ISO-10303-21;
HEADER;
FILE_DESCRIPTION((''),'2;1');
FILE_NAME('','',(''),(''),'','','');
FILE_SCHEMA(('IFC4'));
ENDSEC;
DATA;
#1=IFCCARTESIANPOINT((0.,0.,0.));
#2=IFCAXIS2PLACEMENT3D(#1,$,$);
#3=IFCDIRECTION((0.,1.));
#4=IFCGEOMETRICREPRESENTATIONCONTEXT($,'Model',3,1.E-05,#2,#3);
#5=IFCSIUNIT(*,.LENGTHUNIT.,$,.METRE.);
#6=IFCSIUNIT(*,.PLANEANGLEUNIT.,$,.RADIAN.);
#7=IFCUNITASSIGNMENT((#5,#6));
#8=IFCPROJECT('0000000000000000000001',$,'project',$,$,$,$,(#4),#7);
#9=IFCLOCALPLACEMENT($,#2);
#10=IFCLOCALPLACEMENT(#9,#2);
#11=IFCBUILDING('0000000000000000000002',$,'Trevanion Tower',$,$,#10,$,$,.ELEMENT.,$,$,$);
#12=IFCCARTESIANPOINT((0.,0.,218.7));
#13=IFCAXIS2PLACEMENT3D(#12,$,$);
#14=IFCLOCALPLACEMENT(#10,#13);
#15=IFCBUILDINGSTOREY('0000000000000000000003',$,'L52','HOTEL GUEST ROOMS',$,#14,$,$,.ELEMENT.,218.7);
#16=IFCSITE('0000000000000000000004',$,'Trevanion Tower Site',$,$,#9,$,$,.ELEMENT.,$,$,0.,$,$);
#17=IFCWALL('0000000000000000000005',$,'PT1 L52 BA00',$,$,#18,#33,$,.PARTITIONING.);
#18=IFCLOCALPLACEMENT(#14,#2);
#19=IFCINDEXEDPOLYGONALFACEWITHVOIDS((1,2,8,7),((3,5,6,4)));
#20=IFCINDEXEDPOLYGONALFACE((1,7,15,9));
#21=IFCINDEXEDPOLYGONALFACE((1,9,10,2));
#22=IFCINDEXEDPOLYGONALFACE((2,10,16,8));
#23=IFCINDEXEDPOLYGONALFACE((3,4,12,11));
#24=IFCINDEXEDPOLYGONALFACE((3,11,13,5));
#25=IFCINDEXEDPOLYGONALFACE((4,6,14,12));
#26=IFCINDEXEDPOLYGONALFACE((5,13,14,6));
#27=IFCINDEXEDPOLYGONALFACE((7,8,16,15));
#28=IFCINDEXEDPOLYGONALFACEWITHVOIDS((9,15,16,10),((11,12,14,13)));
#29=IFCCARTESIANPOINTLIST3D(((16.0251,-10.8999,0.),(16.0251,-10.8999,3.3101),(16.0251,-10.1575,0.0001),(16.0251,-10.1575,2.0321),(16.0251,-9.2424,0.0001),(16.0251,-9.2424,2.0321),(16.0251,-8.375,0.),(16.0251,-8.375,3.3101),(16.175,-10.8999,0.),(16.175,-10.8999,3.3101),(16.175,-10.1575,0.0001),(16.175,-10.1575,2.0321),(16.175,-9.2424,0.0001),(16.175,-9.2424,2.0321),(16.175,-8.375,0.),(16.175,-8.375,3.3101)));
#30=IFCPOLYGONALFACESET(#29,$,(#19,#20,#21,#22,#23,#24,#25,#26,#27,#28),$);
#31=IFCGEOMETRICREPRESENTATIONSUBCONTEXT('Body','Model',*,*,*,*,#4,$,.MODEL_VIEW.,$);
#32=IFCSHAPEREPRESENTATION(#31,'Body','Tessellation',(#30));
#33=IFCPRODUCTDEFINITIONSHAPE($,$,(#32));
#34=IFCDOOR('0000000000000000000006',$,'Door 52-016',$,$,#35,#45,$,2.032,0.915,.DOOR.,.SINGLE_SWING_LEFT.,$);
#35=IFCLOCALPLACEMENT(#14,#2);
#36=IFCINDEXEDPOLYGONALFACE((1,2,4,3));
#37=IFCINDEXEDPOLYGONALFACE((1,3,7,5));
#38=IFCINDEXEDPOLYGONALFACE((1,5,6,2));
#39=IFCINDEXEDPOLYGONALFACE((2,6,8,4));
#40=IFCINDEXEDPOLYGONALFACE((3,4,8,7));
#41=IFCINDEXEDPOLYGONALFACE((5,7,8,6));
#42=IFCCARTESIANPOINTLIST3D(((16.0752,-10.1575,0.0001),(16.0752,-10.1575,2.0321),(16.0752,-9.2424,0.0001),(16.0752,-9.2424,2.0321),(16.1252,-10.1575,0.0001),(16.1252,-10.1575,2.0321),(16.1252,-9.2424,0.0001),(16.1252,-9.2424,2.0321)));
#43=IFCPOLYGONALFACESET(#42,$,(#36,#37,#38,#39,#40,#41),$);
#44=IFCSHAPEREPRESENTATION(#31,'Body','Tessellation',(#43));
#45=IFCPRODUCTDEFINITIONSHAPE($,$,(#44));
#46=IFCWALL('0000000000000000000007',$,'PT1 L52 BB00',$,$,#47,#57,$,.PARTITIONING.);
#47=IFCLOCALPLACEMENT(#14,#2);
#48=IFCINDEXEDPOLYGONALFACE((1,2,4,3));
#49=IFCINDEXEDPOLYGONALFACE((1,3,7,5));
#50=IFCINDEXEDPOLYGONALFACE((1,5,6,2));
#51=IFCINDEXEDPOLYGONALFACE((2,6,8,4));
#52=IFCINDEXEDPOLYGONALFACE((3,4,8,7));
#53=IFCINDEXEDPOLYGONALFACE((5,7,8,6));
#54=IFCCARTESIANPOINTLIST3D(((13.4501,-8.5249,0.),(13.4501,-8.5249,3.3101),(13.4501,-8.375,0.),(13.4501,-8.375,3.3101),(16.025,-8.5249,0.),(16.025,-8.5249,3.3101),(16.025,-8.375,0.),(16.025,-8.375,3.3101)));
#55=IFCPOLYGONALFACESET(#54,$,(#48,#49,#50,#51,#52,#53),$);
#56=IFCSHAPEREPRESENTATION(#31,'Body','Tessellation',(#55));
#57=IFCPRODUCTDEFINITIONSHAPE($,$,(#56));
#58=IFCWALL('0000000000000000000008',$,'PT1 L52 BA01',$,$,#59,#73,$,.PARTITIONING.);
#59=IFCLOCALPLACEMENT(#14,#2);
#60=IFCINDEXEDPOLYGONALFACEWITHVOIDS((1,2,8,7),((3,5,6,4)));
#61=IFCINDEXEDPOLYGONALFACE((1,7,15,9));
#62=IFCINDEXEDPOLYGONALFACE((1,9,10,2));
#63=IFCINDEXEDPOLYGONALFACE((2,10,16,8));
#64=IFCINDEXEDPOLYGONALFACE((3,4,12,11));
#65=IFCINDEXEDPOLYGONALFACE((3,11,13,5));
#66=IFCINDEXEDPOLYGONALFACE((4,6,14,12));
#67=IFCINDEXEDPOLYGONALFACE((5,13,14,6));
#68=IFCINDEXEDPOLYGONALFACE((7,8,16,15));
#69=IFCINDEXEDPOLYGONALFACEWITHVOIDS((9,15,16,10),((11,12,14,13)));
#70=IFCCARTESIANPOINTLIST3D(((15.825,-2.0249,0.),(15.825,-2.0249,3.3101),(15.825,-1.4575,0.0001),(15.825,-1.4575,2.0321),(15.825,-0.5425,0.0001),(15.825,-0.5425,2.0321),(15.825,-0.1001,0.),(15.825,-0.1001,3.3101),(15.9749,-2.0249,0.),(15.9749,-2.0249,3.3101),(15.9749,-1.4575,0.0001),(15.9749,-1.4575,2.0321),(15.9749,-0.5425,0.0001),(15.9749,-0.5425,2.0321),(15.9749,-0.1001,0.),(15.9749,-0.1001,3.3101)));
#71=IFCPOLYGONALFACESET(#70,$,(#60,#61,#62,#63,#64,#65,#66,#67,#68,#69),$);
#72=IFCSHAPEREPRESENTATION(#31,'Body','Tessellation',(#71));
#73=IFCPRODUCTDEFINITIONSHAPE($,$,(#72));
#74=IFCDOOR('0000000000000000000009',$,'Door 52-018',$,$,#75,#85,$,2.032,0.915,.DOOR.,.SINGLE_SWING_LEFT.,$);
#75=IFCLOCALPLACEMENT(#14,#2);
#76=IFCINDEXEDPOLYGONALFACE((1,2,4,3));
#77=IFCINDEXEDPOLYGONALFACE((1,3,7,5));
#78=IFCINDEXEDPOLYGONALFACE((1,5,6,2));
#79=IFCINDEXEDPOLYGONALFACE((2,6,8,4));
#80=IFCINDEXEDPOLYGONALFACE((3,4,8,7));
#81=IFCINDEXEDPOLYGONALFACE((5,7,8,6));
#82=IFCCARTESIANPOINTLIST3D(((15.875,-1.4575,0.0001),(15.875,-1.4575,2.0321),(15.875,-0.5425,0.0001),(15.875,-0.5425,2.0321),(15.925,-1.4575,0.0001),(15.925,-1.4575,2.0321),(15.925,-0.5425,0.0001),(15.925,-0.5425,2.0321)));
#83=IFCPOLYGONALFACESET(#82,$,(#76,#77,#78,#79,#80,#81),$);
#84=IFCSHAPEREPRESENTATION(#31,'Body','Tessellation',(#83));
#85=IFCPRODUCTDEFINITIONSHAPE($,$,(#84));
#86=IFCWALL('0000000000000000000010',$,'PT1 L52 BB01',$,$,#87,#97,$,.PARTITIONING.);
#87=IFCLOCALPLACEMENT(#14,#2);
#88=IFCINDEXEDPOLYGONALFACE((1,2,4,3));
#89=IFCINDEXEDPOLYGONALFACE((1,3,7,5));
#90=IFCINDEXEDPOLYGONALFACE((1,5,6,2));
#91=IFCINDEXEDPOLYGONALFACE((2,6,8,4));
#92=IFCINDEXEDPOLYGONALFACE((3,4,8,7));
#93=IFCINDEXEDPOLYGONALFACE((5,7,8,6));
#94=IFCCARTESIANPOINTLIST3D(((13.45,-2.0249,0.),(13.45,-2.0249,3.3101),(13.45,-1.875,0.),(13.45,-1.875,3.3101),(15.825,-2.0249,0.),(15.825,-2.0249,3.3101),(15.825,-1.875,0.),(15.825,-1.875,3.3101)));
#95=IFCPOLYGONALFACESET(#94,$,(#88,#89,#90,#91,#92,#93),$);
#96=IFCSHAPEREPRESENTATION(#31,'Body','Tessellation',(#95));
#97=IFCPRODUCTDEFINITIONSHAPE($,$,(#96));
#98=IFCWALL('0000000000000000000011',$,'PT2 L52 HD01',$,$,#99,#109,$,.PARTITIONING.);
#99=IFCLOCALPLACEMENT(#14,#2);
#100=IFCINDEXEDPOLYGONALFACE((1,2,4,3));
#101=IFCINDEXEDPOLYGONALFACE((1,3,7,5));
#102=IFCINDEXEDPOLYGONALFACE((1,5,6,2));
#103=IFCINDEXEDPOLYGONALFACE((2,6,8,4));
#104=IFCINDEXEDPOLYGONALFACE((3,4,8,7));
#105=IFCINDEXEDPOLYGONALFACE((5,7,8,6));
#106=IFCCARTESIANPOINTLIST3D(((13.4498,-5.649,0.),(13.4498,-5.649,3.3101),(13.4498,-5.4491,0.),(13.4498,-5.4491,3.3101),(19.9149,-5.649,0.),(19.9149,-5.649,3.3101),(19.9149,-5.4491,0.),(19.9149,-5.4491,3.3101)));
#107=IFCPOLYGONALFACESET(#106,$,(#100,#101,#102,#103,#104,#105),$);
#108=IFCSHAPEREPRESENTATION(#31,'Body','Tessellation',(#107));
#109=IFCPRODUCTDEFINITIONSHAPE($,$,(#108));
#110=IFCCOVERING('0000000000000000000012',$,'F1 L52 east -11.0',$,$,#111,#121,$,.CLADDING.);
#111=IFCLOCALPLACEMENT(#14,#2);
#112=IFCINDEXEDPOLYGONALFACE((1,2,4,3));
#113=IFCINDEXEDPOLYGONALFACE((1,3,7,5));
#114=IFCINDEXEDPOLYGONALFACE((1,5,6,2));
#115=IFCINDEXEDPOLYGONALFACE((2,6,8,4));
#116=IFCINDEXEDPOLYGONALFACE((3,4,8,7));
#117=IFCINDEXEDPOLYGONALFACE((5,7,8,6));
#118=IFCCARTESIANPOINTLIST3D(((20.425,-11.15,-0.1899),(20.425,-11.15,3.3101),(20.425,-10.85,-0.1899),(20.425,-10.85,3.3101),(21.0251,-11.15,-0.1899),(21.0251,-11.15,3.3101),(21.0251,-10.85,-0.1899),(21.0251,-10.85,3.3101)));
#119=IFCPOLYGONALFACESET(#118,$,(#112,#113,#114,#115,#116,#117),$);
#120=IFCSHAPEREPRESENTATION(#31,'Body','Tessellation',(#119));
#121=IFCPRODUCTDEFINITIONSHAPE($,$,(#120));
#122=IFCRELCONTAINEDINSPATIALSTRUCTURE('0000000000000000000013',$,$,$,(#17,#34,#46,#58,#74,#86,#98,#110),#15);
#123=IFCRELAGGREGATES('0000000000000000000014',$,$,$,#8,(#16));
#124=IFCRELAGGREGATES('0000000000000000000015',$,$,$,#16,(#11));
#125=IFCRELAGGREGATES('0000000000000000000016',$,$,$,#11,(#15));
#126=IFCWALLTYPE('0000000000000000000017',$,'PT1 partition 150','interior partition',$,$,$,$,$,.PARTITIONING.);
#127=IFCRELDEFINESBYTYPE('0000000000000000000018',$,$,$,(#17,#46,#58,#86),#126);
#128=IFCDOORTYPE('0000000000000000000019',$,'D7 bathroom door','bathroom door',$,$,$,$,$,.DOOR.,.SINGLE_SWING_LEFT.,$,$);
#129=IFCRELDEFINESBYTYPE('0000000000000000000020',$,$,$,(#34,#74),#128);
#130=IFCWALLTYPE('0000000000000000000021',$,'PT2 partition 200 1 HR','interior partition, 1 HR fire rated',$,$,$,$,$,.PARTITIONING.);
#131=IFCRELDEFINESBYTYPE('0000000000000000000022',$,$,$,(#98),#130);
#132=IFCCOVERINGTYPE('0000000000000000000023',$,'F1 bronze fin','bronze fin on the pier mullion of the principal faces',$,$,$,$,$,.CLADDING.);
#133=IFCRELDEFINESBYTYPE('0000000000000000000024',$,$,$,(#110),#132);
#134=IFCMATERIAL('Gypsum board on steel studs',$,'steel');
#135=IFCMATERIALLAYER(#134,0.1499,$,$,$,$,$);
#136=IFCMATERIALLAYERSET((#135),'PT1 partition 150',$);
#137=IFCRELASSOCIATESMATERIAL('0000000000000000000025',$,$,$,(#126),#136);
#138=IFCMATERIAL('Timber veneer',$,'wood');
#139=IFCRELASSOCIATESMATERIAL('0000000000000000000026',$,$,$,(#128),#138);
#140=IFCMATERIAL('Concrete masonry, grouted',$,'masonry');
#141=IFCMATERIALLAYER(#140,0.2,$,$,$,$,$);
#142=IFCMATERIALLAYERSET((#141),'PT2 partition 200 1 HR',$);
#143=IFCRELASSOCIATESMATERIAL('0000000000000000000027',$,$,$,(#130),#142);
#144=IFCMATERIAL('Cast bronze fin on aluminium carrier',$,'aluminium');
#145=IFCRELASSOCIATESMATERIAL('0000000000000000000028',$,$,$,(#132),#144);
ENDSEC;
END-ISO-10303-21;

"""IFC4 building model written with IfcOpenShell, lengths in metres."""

from ifc_helpers import new_model, si_unit, direction, frame, frame_2d, origin, origin_2d, place, context, subcontext, project, spatial, rectangle, extrude, material, layer, layer_set, type_object, element, fill, save


model = new_model("IFC4")

# Units and contexts
model_context = context("Model", 3, precision=1e-05, world=origin(), true_north=direction((0.0, 1.0)))
body_context = subcontext(model_context, "Body", "Model", "MODEL_VIEW")
ifc_project = project(units=[si_unit("LENGTHUNIT", "METRE"), si_unit("PLANEANGLEUNIT", "RADIAN")], contexts=[model_context])

# Site, building, storey
site_placement = place(None, origin())
site = spatial("IfcSite", under=ifc_project, at=site_placement, Name="Trevanion Tower Site", CompositionType="ELEMENT", RefElevation=0.0)
building_placement = place(site_placement, origin())
building = spatial("IfcBuilding", under=site, at=building_placement, Name="Trevanion Tower", CompositionType="ELEMENT")
storey_placement = place(building_placement, frame((0.0, 0.0, 218.7)))
storey = spatial("IfcBuildingStorey", under=building, at=storey_placement, Name="L52", Description="HOTEL GUEST ROOMS", CompositionType="ELEMENT", Elevation=218.7)

# Wall, opening, door
ifc_material_1 = material(Name="Gypsum board on steel studs", Category="steel")
ifc_layer_1 = layer(ifc_material_1, 0.1499)
ifc_layer_set_1 = layer_set([ifc_layer_1], Name="PT1 partition 150")
wall_type_1 = type_object("IfcWallType", Name="PT1 partition 150", Description="interior partition", PredefinedType="PARTITIONING", material=ifc_layer_set_1)
wall_1_placement = place(storey_placement, frame((16.1001, -10.8999, 0.0), z_axis=(0.0, 0.0, 1.0), x_axis=(0.0, 1.0, 0.0)))
wall_1 = element("IfcWall", 1, at=wall_1_placement, inside=storey, type_object=wall_type_1, Name="PT1 L52 BA00", PredefinedType="PARTITIONING", context=body_context, shape_type="SweptSolid", body=[
    extrude(rectangle(XDim=2.5249, YDim=0.1499, at=frame_2d((1.2625, 0.0))), origin(), (0.0, 0.0, 1.0), 3.3101),
])
opening_1_placement = place(wall_1_placement, frame((0.7424, 0.0, 0.0)))
opening_1 = element("IfcOpeningElement", 2, at=opening_1_placement, cuts=wall_1, PredefinedType="OPENING", context=body_context, shape_type="SweptSolid", body=[
    extrude(rectangle(XDim=0.915, YDim=2.032, at=frame_2d((0.4575, 1.0161))), frame((0.0, 0.085, 0.0), z_axis=(0.0, -1.0, 0.0), x_axis=(1.0, 0.0, 0.0)), (0.0, 0.0, 1.0), 0.1699),
])
ifc_material_2 = material(Name="Timber veneer", Category="wood")
door_type = type_object("IfcDoorType", Name="D7 bathroom door", Description="bathroom door", OperationType="SINGLE_SWING_LEFT", PredefinedType="DOOR", material=ifc_material_2)
door_1_placement = place(opening_1_placement, origin())
door_1 = element("IfcDoor", 3, at=door_1_placement, inside=storey, type_object=door_type, Name="Door 52-016", OperationType="SINGLE_SWING_LEFT", OverallHeight=2.032, OverallWidth=0.915, PredefinedType="DOOR", context=body_context, shape_type="SweptSolid", body=[
    extrude(rectangle(XDim=0.915, YDim=2.032, at=frame_2d((0.4575, 1.0161))), frame((0.0, 0.0249, 0.0), z_axis=(0.0, -1.0, 0.0), x_axis=(1.0, 0.0, 0.0)), (0.0, 0.0, 1.0), 0.05),
])
fill(opening_1, door_1)

# Wall
wall_2_placement = place(storey_placement, frame((13.45, -8.45, 0.0), z_axis=(0.0, 0.0, 1.0), x_axis=(1.0, 0.0, 0.0)))
element("IfcWall", 4, at=wall_2_placement, inside=storey, type_object=wall_type_1, Name="PT1 L52 BB00", PredefinedType="PARTITIONING", context=body_context, shape_type="SweptSolid", body=[
    extrude(rectangle(XDim=2.575, YDim=0.1499, at=frame_2d((1.2876, 0.0))), origin(), (0.0, 0.0, 1.0), 3.3101),
])

# Wall, opening, door
wall_3_placement = place(storey_placement, frame((15.8999, -2.0249, 0.0), z_axis=(0.0, 0.0, 1.0), x_axis=(0.0, 1.0, 0.0)))
wall_3 = element("IfcWall", 5, at=wall_3_placement, inside=storey, type_object=wall_type_1, Name="PT1 L52 BA01", PredefinedType="PARTITIONING", context=body_context, shape_type="SweptSolid", body=[
    extrude(rectangle(XDim=1.9248, YDim=0.1499, at=frame_2d((0.9624, 0.0))), origin(), (0.0, 0.0, 1.0), 3.3101),
])
opening_2_placement = place(wall_3_placement, frame((0.5674, 0.0, 0.0)))
opening_2 = element("IfcOpeningElement", 6, at=opening_2_placement, cuts=wall_3, PredefinedType="OPENING", context=body_context, shape_type="SweptSolid", body=[
    extrude(rectangle(XDim=0.915, YDim=2.032, at=frame_2d((0.4575, 1.0161))), frame((0.0, 0.085, 0.0), z_axis=(0.0, -1.0, 0.0), x_axis=(1.0, 0.0, 0.0)), (0.0, 0.0, 1.0), 0.1699),
])
door_2_placement = place(opening_2_placement, origin())
door_2 = element("IfcDoor", 7, at=door_2_placement, inside=storey, type_object=door_type, Name="Door 52-018", OperationType="SINGLE_SWING_LEFT", OverallHeight=2.032, OverallWidth=0.915, PredefinedType="DOOR", context=body_context, shape_type="SweptSolid", body=[
    extrude(rectangle(XDim=0.915, YDim=2.032, at=frame_2d((0.4575, 1.0161))), frame((0.0, 0.0249, 0.0), z_axis=(0.0, -1.0, 0.0), x_axis=(1.0, 0.0, 0.0)), (0.0, 0.0, 1.0), 0.05),
])
fill(opening_2, door_2)

# Walls
wall_4_placement = place(storey_placement, frame((13.45, -1.95, 0.0), z_axis=(0.0, 0.0, 1.0), x_axis=(1.0, 0.0, 0.0)))
element("IfcWall", 8, at=wall_4_placement, inside=storey, type_object=wall_type_1, Name="PT1 L52 BB01", PredefinedType="PARTITIONING", context=body_context, shape_type="SweptSolid", body=[
    extrude(rectangle(XDim=2.375, YDim=0.1499, at=frame_2d((1.1875, 0.0))), origin(), (0.0, 0.0, 1.0), 3.3101),
])
ifc_material_3 = material(Name="Concrete masonry, grouted", Category="masonry")
ifc_layer_2 = layer(ifc_material_3, 0.2)
ifc_layer_set_2 = layer_set([ifc_layer_2], Name="PT2 partition 200 1 HR")
wall_type_2 = type_object("IfcWallType", Name="PT2 partition 200 1 HR", Description="interior partition, 1 HR fire rated", PredefinedType="PARTITIONING", material=ifc_layer_set_2)
wall_5_placement = place(storey_placement, frame((13.45, -5.5491, 0.0), z_axis=(0.0, 0.0, 1.0), x_axis=(1.0, 0.0, 0.0)))
element("IfcWall", 9, at=wall_5_placement, inside=storey, type_object=wall_type_2, Name="PT2 L52 HD01", PredefinedType="PARTITIONING", context=body_context, shape_type="SweptSolid", body=[
    extrude(rectangle(XDim=6.4651, YDim=0.2, at=frame_2d((3.2324, 0.0))), origin(), (0.0, 0.0, 1.0), 3.3101),
])

# Covering
ifc_material_4 = material(Name="Cast bronze fin on aluminium carrier", Category="aluminium")
covering_type = type_object("IfcCoveringType", Name="F1 bronze fin", Description="bronze fin on the pier mullion of the principal faces", PredefinedType="CLADDING", material=ifc_material_4)
covering_placement = place(storey_placement, frame((20.7251, -11.0, -0.1899), z_axis=(0.0, 0.0, 1.0), x_axis=(0.0, 1.0, 0.0)))
element("IfcCovering", 10, at=covering_placement, inside=storey, type_object=covering_type, Name="F1 L52 east -11.0", PredefinedType="CLADDING", context=body_context, shape_type="SweptSolid", body=[
    extrude(rectangle(XDim=0.3, YDim=0.6001, at=origin_2d()), origin(), (0.0, 0.0, 1.0), 3.5),
])

save(model, "model.ifc")
